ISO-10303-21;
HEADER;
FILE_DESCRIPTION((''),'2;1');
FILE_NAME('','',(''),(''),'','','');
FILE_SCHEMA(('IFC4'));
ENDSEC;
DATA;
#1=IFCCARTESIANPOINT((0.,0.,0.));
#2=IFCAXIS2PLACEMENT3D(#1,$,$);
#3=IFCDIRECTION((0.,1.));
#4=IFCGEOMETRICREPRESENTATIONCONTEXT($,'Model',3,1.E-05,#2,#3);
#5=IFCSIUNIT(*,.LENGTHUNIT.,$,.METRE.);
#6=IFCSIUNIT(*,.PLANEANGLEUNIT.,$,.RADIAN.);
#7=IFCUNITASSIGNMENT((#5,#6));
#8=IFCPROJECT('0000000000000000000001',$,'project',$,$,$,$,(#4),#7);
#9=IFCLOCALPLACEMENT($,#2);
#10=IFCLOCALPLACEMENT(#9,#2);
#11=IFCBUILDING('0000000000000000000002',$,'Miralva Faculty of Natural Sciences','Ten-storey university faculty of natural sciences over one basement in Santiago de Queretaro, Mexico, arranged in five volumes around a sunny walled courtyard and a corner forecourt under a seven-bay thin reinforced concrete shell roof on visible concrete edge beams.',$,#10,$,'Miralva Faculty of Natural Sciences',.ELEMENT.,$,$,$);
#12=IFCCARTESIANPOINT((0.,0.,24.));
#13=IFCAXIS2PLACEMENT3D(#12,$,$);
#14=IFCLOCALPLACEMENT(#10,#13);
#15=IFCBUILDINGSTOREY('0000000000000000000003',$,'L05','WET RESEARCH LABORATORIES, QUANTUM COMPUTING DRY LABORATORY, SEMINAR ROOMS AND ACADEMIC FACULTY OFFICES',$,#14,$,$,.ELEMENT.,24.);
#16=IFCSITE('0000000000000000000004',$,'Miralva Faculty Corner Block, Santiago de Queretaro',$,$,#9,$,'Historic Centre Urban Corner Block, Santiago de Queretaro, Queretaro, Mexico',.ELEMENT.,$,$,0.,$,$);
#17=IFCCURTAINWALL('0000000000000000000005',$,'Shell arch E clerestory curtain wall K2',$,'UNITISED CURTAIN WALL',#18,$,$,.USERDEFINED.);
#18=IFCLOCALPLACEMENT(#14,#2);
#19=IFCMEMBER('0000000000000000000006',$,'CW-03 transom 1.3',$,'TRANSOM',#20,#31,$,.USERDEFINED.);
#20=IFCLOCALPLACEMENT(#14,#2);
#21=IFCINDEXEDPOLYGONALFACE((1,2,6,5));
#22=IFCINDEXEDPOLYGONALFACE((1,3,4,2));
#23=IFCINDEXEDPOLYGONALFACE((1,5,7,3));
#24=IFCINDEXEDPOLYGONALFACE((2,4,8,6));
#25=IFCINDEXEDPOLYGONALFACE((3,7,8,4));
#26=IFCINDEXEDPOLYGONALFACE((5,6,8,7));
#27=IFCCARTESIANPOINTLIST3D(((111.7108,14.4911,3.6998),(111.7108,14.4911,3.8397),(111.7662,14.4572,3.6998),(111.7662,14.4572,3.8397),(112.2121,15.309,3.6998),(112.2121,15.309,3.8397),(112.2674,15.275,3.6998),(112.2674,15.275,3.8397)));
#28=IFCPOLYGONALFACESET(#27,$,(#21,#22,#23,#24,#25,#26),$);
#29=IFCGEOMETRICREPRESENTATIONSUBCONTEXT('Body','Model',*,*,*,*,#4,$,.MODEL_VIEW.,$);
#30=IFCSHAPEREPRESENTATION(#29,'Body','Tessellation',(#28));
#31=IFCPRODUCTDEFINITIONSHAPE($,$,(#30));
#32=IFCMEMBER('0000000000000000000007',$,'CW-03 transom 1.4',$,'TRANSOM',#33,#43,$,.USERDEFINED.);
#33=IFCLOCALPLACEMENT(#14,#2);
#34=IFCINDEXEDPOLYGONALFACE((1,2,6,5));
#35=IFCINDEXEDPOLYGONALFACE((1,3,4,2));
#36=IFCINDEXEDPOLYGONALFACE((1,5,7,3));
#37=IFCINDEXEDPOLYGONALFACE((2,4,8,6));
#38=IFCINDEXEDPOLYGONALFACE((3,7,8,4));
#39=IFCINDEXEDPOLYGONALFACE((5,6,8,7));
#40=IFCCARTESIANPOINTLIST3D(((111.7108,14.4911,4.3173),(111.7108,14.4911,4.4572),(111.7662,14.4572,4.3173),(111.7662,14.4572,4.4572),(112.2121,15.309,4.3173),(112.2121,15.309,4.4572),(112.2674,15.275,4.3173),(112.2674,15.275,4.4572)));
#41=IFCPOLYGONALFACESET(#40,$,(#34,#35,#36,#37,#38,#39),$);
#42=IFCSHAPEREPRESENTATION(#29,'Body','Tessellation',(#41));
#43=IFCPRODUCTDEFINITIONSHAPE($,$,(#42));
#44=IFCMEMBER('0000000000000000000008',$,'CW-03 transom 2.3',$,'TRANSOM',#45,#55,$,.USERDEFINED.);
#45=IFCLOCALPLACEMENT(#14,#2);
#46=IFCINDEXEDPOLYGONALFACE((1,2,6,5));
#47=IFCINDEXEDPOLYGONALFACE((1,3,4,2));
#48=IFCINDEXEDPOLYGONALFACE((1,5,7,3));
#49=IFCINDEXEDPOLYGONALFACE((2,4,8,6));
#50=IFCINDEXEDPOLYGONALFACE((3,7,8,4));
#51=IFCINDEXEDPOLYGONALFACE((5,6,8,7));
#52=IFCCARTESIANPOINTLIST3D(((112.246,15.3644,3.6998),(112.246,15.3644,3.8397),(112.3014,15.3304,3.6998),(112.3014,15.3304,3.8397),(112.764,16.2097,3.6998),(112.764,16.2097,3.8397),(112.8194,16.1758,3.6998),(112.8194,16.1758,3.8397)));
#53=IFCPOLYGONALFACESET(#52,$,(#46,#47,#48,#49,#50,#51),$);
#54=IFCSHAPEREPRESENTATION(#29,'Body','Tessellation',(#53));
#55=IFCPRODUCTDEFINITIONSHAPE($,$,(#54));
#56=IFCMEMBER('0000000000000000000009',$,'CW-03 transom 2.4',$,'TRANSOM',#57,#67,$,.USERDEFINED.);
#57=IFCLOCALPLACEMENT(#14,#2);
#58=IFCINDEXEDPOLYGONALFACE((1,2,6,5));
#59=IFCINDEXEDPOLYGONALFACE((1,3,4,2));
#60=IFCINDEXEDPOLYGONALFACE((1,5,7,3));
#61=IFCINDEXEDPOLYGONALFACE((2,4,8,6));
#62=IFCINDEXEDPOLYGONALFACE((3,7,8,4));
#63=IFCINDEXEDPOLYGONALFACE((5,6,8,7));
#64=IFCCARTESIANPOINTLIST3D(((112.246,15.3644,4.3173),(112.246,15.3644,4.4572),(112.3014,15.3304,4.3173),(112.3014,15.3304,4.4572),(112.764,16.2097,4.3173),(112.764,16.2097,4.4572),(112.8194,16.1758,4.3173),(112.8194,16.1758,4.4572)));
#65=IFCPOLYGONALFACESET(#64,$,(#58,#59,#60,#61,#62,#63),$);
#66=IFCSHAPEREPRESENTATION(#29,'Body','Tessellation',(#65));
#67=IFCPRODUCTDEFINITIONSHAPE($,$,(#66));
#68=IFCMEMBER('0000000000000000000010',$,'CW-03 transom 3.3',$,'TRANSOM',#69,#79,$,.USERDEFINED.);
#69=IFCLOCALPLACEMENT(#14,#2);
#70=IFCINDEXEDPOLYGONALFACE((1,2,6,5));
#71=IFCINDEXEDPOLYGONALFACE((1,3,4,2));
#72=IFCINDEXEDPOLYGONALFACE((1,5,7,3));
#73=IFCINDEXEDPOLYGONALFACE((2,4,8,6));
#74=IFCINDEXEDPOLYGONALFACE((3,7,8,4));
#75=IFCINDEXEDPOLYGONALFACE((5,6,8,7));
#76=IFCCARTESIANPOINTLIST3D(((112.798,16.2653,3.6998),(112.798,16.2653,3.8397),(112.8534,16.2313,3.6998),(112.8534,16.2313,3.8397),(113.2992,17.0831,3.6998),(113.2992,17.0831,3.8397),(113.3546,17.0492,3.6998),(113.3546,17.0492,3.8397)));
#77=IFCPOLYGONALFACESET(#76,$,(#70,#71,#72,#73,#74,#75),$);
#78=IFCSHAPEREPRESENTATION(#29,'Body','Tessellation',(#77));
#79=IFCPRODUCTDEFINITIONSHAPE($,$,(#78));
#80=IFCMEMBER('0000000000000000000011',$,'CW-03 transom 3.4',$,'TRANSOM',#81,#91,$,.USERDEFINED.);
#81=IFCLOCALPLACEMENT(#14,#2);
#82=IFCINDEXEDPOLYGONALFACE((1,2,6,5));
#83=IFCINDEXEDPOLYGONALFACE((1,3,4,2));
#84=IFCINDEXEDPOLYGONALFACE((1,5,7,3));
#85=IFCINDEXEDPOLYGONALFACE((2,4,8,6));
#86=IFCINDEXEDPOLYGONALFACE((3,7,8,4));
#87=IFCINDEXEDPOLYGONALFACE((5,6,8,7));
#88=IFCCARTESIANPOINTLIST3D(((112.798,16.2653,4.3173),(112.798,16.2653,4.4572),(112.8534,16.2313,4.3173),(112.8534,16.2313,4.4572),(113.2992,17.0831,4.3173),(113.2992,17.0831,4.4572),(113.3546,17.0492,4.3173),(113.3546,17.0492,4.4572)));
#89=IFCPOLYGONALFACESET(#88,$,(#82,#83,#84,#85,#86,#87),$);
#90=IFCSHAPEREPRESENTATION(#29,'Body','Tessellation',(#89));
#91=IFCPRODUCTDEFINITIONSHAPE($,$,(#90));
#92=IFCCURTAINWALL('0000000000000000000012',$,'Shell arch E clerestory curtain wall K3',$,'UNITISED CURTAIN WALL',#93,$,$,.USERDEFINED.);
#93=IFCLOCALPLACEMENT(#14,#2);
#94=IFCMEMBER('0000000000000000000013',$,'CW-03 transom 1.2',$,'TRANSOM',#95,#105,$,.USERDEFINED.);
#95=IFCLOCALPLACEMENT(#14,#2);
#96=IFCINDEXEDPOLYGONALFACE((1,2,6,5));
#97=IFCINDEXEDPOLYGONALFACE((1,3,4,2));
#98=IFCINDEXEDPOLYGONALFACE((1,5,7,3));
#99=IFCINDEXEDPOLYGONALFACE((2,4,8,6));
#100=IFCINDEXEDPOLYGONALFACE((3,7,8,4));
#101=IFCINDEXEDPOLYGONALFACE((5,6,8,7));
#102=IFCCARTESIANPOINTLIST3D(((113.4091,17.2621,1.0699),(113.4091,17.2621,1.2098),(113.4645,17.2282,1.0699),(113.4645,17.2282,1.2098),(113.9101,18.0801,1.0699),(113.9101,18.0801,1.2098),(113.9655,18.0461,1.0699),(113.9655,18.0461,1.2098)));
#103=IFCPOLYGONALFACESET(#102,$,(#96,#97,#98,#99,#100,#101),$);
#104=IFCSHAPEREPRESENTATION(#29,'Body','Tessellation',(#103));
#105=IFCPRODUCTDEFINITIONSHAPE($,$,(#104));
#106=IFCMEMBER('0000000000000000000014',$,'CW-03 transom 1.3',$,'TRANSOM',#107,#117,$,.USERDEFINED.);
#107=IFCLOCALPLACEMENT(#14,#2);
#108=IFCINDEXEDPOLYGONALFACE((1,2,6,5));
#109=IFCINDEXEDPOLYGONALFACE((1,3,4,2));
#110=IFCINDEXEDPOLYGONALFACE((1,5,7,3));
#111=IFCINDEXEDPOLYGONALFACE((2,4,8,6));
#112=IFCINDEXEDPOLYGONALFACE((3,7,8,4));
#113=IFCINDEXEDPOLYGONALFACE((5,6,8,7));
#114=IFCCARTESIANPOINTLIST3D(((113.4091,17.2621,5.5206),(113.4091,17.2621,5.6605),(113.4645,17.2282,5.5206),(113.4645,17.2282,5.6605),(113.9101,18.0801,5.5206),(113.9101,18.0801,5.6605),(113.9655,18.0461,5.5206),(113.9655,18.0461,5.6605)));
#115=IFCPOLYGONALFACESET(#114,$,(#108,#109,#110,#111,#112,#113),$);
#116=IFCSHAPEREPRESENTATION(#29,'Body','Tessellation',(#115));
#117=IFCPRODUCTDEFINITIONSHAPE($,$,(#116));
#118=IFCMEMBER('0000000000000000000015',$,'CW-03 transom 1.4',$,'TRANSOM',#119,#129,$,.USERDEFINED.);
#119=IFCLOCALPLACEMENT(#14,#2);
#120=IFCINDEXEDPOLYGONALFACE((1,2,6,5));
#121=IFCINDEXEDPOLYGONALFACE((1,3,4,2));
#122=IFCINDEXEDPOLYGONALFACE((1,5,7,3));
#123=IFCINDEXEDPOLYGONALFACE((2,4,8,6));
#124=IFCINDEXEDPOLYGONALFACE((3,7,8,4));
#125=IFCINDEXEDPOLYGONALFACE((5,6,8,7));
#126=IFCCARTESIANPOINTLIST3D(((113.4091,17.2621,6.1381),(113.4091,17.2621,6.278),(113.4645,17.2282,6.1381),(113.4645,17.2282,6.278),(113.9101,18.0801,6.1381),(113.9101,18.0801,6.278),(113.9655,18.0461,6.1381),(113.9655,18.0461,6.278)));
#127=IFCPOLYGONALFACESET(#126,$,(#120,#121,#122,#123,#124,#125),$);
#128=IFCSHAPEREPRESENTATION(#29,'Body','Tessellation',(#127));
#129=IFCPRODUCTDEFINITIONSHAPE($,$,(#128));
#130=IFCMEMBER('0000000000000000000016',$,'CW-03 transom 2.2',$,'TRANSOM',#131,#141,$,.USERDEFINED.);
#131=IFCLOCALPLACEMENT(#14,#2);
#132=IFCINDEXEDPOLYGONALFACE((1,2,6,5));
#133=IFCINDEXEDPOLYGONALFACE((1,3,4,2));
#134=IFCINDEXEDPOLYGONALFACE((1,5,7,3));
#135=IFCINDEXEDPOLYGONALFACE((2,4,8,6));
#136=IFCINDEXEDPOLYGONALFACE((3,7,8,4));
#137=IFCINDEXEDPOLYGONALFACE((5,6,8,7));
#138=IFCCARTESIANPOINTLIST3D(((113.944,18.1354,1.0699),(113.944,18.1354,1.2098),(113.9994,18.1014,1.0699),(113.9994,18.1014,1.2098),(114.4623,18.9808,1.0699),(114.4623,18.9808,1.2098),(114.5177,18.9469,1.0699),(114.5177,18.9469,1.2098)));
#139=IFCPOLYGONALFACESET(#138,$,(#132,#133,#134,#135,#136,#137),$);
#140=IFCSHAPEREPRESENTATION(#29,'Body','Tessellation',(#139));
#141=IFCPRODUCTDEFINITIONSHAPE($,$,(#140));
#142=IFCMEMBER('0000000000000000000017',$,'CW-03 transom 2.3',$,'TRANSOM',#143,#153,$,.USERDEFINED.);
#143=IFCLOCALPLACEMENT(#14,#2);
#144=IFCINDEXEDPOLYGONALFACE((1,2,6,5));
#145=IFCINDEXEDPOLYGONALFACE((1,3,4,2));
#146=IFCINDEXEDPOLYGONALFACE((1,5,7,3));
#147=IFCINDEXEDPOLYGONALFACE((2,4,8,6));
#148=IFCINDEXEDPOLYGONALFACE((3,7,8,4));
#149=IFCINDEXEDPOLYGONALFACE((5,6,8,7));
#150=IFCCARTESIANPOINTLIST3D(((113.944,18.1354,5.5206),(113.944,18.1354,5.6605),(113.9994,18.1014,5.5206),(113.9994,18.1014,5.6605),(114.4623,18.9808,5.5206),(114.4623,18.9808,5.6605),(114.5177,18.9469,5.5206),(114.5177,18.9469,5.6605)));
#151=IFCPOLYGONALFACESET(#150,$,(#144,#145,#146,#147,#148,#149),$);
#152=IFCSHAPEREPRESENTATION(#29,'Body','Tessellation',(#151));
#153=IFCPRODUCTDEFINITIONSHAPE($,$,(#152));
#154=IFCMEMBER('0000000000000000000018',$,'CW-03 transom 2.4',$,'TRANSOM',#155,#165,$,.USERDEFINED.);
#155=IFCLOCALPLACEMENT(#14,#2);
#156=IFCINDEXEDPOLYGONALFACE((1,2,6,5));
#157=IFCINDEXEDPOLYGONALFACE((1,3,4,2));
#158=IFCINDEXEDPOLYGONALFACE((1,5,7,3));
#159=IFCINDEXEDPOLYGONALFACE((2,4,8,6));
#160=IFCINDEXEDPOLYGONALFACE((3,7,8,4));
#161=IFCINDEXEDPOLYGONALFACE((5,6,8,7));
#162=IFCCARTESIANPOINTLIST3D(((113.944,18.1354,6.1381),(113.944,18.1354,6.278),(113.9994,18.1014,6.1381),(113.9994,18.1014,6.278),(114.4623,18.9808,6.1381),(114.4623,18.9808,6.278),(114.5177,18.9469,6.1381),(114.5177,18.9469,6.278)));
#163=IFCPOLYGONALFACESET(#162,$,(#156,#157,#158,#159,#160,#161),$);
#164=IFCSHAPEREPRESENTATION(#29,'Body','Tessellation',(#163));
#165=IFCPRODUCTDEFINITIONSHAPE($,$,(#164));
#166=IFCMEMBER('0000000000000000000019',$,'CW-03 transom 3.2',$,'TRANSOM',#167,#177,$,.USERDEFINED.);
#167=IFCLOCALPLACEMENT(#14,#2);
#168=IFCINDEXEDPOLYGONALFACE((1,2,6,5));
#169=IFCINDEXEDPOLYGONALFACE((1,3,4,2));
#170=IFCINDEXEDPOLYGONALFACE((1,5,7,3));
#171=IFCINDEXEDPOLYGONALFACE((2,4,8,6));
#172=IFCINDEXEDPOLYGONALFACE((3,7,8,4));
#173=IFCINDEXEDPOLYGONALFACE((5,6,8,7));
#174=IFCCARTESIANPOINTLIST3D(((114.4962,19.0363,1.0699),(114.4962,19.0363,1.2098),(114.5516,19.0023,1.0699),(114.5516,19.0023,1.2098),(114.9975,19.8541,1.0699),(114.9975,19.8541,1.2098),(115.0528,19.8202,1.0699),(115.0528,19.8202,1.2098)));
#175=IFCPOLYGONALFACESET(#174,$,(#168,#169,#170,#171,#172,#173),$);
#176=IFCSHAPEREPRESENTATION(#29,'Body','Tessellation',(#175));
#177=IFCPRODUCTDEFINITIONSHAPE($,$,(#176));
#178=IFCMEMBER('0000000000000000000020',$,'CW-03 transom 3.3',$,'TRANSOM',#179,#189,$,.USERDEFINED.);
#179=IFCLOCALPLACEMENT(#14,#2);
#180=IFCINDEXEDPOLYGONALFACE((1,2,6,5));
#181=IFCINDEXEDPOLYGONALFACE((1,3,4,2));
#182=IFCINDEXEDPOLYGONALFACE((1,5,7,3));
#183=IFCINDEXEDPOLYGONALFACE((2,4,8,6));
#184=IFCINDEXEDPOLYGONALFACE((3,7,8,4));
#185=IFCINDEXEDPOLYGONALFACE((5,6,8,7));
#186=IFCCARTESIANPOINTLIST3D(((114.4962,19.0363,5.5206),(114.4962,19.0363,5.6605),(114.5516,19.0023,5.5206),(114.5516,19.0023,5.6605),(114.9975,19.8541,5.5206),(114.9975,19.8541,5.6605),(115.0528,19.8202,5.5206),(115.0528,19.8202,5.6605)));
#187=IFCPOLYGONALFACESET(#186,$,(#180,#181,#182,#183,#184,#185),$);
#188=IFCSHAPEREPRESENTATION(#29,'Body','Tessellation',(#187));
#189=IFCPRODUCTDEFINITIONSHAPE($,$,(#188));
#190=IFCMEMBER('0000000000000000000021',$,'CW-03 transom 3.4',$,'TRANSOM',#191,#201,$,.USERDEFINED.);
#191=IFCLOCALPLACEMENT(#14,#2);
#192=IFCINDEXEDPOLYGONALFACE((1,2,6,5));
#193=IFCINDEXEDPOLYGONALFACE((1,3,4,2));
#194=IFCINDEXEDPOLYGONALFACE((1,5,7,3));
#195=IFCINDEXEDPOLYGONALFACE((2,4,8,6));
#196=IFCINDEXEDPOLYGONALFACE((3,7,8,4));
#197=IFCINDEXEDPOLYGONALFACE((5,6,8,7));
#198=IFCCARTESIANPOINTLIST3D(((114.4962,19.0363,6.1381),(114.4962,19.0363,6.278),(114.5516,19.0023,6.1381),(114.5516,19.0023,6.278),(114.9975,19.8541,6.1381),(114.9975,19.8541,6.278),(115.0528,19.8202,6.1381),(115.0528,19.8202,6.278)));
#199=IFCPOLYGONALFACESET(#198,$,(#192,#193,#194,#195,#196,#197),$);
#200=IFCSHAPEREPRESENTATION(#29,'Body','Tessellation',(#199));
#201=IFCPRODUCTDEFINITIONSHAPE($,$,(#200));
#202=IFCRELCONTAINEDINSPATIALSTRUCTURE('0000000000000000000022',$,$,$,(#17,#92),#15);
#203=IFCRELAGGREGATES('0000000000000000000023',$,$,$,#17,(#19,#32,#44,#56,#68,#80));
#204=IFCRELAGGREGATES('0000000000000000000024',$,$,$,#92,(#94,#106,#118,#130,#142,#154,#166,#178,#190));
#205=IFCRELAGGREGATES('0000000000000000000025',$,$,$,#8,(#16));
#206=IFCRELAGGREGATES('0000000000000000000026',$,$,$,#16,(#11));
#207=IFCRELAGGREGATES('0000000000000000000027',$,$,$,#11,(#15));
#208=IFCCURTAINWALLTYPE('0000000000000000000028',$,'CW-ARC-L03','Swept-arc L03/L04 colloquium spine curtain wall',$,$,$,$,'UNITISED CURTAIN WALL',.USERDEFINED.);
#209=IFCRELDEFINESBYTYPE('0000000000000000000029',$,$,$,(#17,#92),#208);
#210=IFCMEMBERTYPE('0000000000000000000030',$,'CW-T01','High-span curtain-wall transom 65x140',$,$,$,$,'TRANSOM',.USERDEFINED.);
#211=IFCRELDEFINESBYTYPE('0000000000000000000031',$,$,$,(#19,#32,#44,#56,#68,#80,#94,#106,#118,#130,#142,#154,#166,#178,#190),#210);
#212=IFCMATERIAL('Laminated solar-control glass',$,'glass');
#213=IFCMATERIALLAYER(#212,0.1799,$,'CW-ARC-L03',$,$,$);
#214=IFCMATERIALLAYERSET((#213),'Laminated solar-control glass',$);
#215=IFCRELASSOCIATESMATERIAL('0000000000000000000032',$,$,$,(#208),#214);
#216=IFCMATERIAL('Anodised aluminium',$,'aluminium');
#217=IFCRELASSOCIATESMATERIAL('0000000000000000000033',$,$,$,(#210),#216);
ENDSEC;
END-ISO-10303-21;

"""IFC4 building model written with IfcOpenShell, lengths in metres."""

from ifc_helpers import new_model, si_unit, direction, frame, origin, origin_2d, place, context, subcontext, project, spatial, rectangle, extrude, material, layer, layer_set, material_profile, profile_set, type_object, element, aggregate, save


model = new_model("IFC4")

# Units and contexts
model_context = context("Model", 3, precision=1e-05, world=origin(), true_north=direction((0.0, 1.0)))
body_context = subcontext(model_context, "Body", "Model", "MODEL_VIEW")
ifc_project = project(units=[si_unit("LENGTHUNIT", "METRE"), si_unit("PLANEANGLEUNIT", "RADIAN")], contexts=[model_context])

# Site, building, storey
site_placement = place(None, origin())
site = spatial("IfcSite", under=ifc_project, at=site_placement, Name="Miralva Faculty Corner Block, Santiago de Queretaro", LongName="Historic Centre Urban Corner Block, Santiago de Queretaro, Queretaro, Mexico", CompositionType="ELEMENT", RefElevation=0.0)
building_placement = place(site_placement, origin())
building = spatial("IfcBuilding", under=site, at=building_placement, Name="Miralva Faculty of Natural Sciences", Description="Ten-storey university faculty of natural sciences over one basement in Santiago de Queretaro, Mexico, arranged in five volumes around a sunny walled courtyard and a corner forecourt under a seven-bay thin reinforced concrete shell roof on visible concrete edge beams.", LongName="Miralva Faculty of Natural Sciences", CompositionType="ELEMENT")
storey_placement = place(building_placement, frame((0.0, 0.0, 24.0)))
storey = spatial("IfcBuildingStorey", under=building, at=storey_placement, Name="L05", Description="WET RESEARCH LABORATORIES, QUANTUM COMPUTING DRY LABORATORY, SEMINAR ROOMS AND ACADEMIC FACULTY OFFICES", CompositionType="ELEMENT", Elevation=24.0)

# Curtain walls, members
ifc_material_1 = material(Name="Laminated solar-control glass", Category="glass")
ifc_layer_1 = layer(ifc_material_1, 0.1799, Name="CW-ARC-L03")
ifc_layer_set_1 = layer_set([ifc_layer_1], Name="Laminated solar-control glass")
curtain_wall_type = type_object("IfcCurtainWallType", Name="CW-ARC-L03", Description="Swept-arc L03/L04 colloquium spine curtain wall", ElementType="UNITISED CURTAIN WALL", PredefinedType="USERDEFINED", material=ifc_layer_set_1)
curtain_wall_1_placement = place(storey_placement, origin())
curtain_wall_1 = element("IfcCurtainWall", 1, at=curtain_wall_1_placement, inside=storey, type_object=curtain_wall_type, Name="Shell arch E clerestory curtain wall K2", ObjectType="UNITISED CURTAIN WALL", PredefinedType="USERDEFINED")
ifc_material_2 = material(Name="Anodised aluminium", Category="aluminium")
ifc_material_profile = material_profile(ifc_material_2, rectangle(XDim=0.0649, YDim=0.1399, at=origin_2d()), Name="TRANSOM 65x140")
ifc_profile_set = profile_set([ifc_material_profile], Name="Anodised aluminium")
member_type = type_object("IfcMemberType", Name="CW-T01", Description="High-span curtain-wall transom 65x140", ElementType="TRANSOM", PredefinedType="USERDEFINED", material=ifc_profile_set)
member_1_placement = place(storey_placement, frame((111.7385, 14.4741, 3.7698), z_axis=(0.52252, 0.852627, 0.0), x_axis=(-0.852627, 0.52252, 0.0)))
member_1 = element("IfcMember", 2, at=member_1_placement, type_object=member_type, Name="CW-03 transom 1.3", ObjectType="TRANSOM", PredefinedType="USERDEFINED", context=body_context, shape_type="SweptSolid", body=[
    extrude(rectangle(XDim=0.0649, YDim=0.1399, at=origin_2d()), origin(), (0.0, 0.0, 1.0), 0.9592),
])
member_2_placement = place(storey_placement, frame((111.7385, 14.4741, 4.3872), z_axis=(0.52252, 0.852627, 0.0), x_axis=(-0.852627, 0.52252, 0.0)))
member_2 = element("IfcMember", 3, at=member_2_placement, type_object=member_type, Name="CW-03 transom 1.4", ObjectType="TRANSOM", PredefinedType="USERDEFINED", context=body_context, shape_type="SweptSolid", body=[
    extrude(rectangle(XDim=0.0649, YDim=0.1399, at=origin_2d()), origin(), (0.0, 0.0, 1.0), 0.9592),
])
member_3_placement = place(storey_placement, frame((112.2737, 15.3474, 3.7698), z_axis=(0.522475, 0.852654, 0.0), x_axis=(-0.852654, 0.522475, 0.0)))
member_3 = element("IfcMember", 4, at=member_3_placement, type_object=member_type, Name="CW-03 transom 2.3", ObjectType="TRANSOM", PredefinedType="USERDEFINED", context=body_context, shape_type="SweptSolid", body=[
    extrude(rectangle(XDim=0.0649, YDim=0.1399, at=origin_2d()), origin(), (0.0, 0.0, 1.0), 0.9915),
])
member_4_placement = place(storey_placement, frame((112.2737, 15.3474, 4.3872), z_axis=(0.522475, 0.852654, 0.0), x_axis=(-0.852654, 0.522475, 0.0)))
member_4 = element("IfcMember", 5, at=member_4_placement, type_object=member_type, Name="CW-03 transom 2.4", ObjectType="TRANSOM", PredefinedType="USERDEFINED", context=body_context, shape_type="SweptSolid", body=[
    extrude(rectangle(XDim=0.0649, YDim=0.1399, at=origin_2d()), origin(), (0.0, 0.0, 1.0), 0.9915),
])
member_5_placement = place(storey_placement, frame((112.8257, 16.2483, 3.7698), z_axis=(0.52252, 0.852627, 0.0), x_axis=(-0.852627, 0.52252, 0.0)))
member_5 = element("IfcMember", 6, at=member_5_placement, type_object=member_type, Name="CW-03 transom 3.3", ObjectType="TRANSOM", PredefinedType="USERDEFINED", context=body_context, shape_type="SweptSolid", body=[
    extrude(rectangle(XDim=0.0649, YDim=0.1399, at=origin_2d()), origin(), (0.0, 0.0, 1.0), 0.9592),
])
member_6_placement = place(storey_placement, frame((112.8257, 16.2483, 4.3872), z_axis=(0.52252, 0.852627, 0.0), x_axis=(-0.852627, 0.52252, 0.0)))
member_6 = element("IfcMember", 7, at=member_6_placement, type_object=member_type, Name="CW-03 transom 3.4", ObjectType="TRANSOM", PredefinedType="USERDEFINED", context=body_context, shape_type="SweptSolid", body=[
    extrude(rectangle(XDim=0.0649, YDim=0.1399, at=origin_2d()), origin(), (0.0, 0.0, 1.0), 0.9592),
])
curtain_wall_2_placement = place(storey_placement, origin())
curtain_wall_2 = element("IfcCurtainWall", 8, at=curtain_wall_2_placement, inside=storey, type_object=curtain_wall_type, Name="Shell arch E clerestory curtain wall K3", ObjectType="UNITISED CURTAIN WALL", PredefinedType="USERDEFINED")
member_7_placement = place(storey_placement, frame((113.4368, 17.2451, 1.1399), z_axis=(0.522335, 0.85274, 0.0), x_axis=(-0.85274, 0.522335, 0.0)))
member_7 = element("IfcMember", 9, at=member_7_placement, type_object=member_type, Name="CW-03 transom 1.2", ObjectType="TRANSOM", PredefinedType="USERDEFINED", context=body_context, shape_type="SweptSolid", body=[
    extrude(rectangle(XDim=0.0649, YDim=0.1399, at=origin_2d()), origin(), (0.0, 0.0, 1.0), 0.9592),
])
member_8_placement = place(storey_placement, frame((113.4368, 17.2451, 5.5906), z_axis=(0.522335, 0.85274, 0.0), x_axis=(-0.85274, 0.522335, 0.0)))
member_8 = element("IfcMember", 10, at=member_8_placement, type_object=member_type, Name="CW-03 transom 1.3", ObjectType="TRANSOM", PredefinedType="USERDEFINED", context=body_context, shape_type="SweptSolid", body=[
    extrude(rectangle(XDim=0.0649, YDim=0.1399, at=origin_2d()), origin(), (0.0, 0.0, 1.0), 0.9592),
])
member_9_placement = place(storey_placement, frame((113.4368, 17.2451, 6.208), z_axis=(0.522335, 0.85274, 0.0), x_axis=(-0.85274, 0.522335, 0.0)))
member_9 = element("IfcMember", 11, at=member_9_placement, type_object=member_type, Name="CW-03 transom 1.4", ObjectType="TRANSOM", PredefinedType="USERDEFINED", context=body_context, shape_type="SweptSolid", body=[
    extrude(rectangle(XDim=0.0649, YDim=0.1399, at=origin_2d()), origin(), (0.0, 0.0, 1.0), 0.9592),
])
member_10_placement = place(storey_placement, frame((113.9717, 18.1184, 1.1399), z_axis=(0.522654, 0.852545, 0.0), x_axis=(-0.852545, 0.522654, 0.0)))
member_10 = element("IfcMember", 12, at=member_10_placement, type_object=member_type, Name="CW-03 transom 2.2", ObjectType="TRANSOM", PredefinedType="USERDEFINED", context=body_context, shape_type="SweptSolid", body=[
    extrude(rectangle(XDim=0.0649, YDim=0.1399, at=origin_2d()), origin(), (0.0, 0.0, 1.0), 0.9917),
])
member_11_placement = place(storey_placement, frame((113.9717, 18.1184, 5.5906), z_axis=(0.522654, 0.852545, 0.0), x_axis=(-0.852545, 0.522654, 0.0)))
member_11 = element("IfcMember", 13, at=member_11_placement, type_object=member_type, Name="CW-03 transom 2.3", ObjectType="TRANSOM", PredefinedType="USERDEFINED", context=body_context, shape_type="SweptSolid", body=[
    extrude(rectangle(XDim=0.0649, YDim=0.1399, at=origin_2d()), origin(), (0.0, 0.0, 1.0), 0.9917),
])
member_12_placement = place(storey_placement, frame((113.9717, 18.1184, 6.208), z_axis=(0.522654, 0.852545, 0.0), x_axis=(-0.852545, 0.522654, 0.0)))
member_12 = element("IfcMember", 14, at=member_12_placement, type_object=member_type, Name="CW-03 transom 2.4", ObjectType="TRANSOM", PredefinedType="USERDEFINED", context=body_context, shape_type="SweptSolid", body=[
    extrude(rectangle(XDim=0.0649, YDim=0.1399, at=origin_2d()), origin(), (0.0, 0.0, 1.0), 0.9917),
])
member_13_placement = place(storey_placement, frame((114.5239, 19.0193, 1.1399), z_axis=(0.52252, 0.852627, 0.0), x_axis=(-0.852627, 0.52252, 0.0)))
member_13 = element("IfcMember", 15, at=member_13_placement, type_object=member_type, Name="CW-03 transom 3.2", ObjectType="TRANSOM", PredefinedType="USERDEFINED", context=body_context, shape_type="SweptSolid", body=[
    extrude(rectangle(XDim=0.0649, YDim=0.1399, at=origin_2d()), origin(), (0.0, 0.0, 1.0), 0.9592),
])
member_14_placement = place(storey_placement, frame((114.5239, 19.0193, 5.5906), z_axis=(0.52252, 0.852627, 0.0), x_axis=(-0.852627, 0.52252, 0.0)))
member_14 = element("IfcMember", 16, at=member_14_placement, type_object=member_type, Name="CW-03 transom 3.3", ObjectType="TRANSOM", PredefinedType="USERDEFINED", context=body_context, shape_type="SweptSolid", body=[
    extrude(rectangle(XDim=0.0649, YDim=0.1399, at=origin_2d()), origin(), (0.0, 0.0, 1.0), 0.9592),
])
member_15_placement = place(storey_placement, frame((114.5239, 19.0193, 6.208), z_axis=(0.52252, 0.852627, 0.0), x_axis=(-0.852627, 0.52252, 0.0)))
member_15 = element("IfcMember", 17, at=member_15_placement, type_object=member_type, Name="CW-03 transom 3.4", ObjectType="TRANSOM", PredefinedType="USERDEFINED", context=body_context, shape_type="SweptSolid", body=[
    extrude(rectangle(XDim=0.0649, YDim=0.1399, at=origin_2d()), origin(), (0.0, 0.0, 1.0), 0.9592),
])

aggregate(curtain_wall_1, [member_1, member_2, member_3, member_4, member_5, member_6])
aggregate(curtain_wall_2, [member_7, member_8, member_9, member_10, member_11, member_12, member_13, member_14, member_15])

save(model, "model.ifc")
